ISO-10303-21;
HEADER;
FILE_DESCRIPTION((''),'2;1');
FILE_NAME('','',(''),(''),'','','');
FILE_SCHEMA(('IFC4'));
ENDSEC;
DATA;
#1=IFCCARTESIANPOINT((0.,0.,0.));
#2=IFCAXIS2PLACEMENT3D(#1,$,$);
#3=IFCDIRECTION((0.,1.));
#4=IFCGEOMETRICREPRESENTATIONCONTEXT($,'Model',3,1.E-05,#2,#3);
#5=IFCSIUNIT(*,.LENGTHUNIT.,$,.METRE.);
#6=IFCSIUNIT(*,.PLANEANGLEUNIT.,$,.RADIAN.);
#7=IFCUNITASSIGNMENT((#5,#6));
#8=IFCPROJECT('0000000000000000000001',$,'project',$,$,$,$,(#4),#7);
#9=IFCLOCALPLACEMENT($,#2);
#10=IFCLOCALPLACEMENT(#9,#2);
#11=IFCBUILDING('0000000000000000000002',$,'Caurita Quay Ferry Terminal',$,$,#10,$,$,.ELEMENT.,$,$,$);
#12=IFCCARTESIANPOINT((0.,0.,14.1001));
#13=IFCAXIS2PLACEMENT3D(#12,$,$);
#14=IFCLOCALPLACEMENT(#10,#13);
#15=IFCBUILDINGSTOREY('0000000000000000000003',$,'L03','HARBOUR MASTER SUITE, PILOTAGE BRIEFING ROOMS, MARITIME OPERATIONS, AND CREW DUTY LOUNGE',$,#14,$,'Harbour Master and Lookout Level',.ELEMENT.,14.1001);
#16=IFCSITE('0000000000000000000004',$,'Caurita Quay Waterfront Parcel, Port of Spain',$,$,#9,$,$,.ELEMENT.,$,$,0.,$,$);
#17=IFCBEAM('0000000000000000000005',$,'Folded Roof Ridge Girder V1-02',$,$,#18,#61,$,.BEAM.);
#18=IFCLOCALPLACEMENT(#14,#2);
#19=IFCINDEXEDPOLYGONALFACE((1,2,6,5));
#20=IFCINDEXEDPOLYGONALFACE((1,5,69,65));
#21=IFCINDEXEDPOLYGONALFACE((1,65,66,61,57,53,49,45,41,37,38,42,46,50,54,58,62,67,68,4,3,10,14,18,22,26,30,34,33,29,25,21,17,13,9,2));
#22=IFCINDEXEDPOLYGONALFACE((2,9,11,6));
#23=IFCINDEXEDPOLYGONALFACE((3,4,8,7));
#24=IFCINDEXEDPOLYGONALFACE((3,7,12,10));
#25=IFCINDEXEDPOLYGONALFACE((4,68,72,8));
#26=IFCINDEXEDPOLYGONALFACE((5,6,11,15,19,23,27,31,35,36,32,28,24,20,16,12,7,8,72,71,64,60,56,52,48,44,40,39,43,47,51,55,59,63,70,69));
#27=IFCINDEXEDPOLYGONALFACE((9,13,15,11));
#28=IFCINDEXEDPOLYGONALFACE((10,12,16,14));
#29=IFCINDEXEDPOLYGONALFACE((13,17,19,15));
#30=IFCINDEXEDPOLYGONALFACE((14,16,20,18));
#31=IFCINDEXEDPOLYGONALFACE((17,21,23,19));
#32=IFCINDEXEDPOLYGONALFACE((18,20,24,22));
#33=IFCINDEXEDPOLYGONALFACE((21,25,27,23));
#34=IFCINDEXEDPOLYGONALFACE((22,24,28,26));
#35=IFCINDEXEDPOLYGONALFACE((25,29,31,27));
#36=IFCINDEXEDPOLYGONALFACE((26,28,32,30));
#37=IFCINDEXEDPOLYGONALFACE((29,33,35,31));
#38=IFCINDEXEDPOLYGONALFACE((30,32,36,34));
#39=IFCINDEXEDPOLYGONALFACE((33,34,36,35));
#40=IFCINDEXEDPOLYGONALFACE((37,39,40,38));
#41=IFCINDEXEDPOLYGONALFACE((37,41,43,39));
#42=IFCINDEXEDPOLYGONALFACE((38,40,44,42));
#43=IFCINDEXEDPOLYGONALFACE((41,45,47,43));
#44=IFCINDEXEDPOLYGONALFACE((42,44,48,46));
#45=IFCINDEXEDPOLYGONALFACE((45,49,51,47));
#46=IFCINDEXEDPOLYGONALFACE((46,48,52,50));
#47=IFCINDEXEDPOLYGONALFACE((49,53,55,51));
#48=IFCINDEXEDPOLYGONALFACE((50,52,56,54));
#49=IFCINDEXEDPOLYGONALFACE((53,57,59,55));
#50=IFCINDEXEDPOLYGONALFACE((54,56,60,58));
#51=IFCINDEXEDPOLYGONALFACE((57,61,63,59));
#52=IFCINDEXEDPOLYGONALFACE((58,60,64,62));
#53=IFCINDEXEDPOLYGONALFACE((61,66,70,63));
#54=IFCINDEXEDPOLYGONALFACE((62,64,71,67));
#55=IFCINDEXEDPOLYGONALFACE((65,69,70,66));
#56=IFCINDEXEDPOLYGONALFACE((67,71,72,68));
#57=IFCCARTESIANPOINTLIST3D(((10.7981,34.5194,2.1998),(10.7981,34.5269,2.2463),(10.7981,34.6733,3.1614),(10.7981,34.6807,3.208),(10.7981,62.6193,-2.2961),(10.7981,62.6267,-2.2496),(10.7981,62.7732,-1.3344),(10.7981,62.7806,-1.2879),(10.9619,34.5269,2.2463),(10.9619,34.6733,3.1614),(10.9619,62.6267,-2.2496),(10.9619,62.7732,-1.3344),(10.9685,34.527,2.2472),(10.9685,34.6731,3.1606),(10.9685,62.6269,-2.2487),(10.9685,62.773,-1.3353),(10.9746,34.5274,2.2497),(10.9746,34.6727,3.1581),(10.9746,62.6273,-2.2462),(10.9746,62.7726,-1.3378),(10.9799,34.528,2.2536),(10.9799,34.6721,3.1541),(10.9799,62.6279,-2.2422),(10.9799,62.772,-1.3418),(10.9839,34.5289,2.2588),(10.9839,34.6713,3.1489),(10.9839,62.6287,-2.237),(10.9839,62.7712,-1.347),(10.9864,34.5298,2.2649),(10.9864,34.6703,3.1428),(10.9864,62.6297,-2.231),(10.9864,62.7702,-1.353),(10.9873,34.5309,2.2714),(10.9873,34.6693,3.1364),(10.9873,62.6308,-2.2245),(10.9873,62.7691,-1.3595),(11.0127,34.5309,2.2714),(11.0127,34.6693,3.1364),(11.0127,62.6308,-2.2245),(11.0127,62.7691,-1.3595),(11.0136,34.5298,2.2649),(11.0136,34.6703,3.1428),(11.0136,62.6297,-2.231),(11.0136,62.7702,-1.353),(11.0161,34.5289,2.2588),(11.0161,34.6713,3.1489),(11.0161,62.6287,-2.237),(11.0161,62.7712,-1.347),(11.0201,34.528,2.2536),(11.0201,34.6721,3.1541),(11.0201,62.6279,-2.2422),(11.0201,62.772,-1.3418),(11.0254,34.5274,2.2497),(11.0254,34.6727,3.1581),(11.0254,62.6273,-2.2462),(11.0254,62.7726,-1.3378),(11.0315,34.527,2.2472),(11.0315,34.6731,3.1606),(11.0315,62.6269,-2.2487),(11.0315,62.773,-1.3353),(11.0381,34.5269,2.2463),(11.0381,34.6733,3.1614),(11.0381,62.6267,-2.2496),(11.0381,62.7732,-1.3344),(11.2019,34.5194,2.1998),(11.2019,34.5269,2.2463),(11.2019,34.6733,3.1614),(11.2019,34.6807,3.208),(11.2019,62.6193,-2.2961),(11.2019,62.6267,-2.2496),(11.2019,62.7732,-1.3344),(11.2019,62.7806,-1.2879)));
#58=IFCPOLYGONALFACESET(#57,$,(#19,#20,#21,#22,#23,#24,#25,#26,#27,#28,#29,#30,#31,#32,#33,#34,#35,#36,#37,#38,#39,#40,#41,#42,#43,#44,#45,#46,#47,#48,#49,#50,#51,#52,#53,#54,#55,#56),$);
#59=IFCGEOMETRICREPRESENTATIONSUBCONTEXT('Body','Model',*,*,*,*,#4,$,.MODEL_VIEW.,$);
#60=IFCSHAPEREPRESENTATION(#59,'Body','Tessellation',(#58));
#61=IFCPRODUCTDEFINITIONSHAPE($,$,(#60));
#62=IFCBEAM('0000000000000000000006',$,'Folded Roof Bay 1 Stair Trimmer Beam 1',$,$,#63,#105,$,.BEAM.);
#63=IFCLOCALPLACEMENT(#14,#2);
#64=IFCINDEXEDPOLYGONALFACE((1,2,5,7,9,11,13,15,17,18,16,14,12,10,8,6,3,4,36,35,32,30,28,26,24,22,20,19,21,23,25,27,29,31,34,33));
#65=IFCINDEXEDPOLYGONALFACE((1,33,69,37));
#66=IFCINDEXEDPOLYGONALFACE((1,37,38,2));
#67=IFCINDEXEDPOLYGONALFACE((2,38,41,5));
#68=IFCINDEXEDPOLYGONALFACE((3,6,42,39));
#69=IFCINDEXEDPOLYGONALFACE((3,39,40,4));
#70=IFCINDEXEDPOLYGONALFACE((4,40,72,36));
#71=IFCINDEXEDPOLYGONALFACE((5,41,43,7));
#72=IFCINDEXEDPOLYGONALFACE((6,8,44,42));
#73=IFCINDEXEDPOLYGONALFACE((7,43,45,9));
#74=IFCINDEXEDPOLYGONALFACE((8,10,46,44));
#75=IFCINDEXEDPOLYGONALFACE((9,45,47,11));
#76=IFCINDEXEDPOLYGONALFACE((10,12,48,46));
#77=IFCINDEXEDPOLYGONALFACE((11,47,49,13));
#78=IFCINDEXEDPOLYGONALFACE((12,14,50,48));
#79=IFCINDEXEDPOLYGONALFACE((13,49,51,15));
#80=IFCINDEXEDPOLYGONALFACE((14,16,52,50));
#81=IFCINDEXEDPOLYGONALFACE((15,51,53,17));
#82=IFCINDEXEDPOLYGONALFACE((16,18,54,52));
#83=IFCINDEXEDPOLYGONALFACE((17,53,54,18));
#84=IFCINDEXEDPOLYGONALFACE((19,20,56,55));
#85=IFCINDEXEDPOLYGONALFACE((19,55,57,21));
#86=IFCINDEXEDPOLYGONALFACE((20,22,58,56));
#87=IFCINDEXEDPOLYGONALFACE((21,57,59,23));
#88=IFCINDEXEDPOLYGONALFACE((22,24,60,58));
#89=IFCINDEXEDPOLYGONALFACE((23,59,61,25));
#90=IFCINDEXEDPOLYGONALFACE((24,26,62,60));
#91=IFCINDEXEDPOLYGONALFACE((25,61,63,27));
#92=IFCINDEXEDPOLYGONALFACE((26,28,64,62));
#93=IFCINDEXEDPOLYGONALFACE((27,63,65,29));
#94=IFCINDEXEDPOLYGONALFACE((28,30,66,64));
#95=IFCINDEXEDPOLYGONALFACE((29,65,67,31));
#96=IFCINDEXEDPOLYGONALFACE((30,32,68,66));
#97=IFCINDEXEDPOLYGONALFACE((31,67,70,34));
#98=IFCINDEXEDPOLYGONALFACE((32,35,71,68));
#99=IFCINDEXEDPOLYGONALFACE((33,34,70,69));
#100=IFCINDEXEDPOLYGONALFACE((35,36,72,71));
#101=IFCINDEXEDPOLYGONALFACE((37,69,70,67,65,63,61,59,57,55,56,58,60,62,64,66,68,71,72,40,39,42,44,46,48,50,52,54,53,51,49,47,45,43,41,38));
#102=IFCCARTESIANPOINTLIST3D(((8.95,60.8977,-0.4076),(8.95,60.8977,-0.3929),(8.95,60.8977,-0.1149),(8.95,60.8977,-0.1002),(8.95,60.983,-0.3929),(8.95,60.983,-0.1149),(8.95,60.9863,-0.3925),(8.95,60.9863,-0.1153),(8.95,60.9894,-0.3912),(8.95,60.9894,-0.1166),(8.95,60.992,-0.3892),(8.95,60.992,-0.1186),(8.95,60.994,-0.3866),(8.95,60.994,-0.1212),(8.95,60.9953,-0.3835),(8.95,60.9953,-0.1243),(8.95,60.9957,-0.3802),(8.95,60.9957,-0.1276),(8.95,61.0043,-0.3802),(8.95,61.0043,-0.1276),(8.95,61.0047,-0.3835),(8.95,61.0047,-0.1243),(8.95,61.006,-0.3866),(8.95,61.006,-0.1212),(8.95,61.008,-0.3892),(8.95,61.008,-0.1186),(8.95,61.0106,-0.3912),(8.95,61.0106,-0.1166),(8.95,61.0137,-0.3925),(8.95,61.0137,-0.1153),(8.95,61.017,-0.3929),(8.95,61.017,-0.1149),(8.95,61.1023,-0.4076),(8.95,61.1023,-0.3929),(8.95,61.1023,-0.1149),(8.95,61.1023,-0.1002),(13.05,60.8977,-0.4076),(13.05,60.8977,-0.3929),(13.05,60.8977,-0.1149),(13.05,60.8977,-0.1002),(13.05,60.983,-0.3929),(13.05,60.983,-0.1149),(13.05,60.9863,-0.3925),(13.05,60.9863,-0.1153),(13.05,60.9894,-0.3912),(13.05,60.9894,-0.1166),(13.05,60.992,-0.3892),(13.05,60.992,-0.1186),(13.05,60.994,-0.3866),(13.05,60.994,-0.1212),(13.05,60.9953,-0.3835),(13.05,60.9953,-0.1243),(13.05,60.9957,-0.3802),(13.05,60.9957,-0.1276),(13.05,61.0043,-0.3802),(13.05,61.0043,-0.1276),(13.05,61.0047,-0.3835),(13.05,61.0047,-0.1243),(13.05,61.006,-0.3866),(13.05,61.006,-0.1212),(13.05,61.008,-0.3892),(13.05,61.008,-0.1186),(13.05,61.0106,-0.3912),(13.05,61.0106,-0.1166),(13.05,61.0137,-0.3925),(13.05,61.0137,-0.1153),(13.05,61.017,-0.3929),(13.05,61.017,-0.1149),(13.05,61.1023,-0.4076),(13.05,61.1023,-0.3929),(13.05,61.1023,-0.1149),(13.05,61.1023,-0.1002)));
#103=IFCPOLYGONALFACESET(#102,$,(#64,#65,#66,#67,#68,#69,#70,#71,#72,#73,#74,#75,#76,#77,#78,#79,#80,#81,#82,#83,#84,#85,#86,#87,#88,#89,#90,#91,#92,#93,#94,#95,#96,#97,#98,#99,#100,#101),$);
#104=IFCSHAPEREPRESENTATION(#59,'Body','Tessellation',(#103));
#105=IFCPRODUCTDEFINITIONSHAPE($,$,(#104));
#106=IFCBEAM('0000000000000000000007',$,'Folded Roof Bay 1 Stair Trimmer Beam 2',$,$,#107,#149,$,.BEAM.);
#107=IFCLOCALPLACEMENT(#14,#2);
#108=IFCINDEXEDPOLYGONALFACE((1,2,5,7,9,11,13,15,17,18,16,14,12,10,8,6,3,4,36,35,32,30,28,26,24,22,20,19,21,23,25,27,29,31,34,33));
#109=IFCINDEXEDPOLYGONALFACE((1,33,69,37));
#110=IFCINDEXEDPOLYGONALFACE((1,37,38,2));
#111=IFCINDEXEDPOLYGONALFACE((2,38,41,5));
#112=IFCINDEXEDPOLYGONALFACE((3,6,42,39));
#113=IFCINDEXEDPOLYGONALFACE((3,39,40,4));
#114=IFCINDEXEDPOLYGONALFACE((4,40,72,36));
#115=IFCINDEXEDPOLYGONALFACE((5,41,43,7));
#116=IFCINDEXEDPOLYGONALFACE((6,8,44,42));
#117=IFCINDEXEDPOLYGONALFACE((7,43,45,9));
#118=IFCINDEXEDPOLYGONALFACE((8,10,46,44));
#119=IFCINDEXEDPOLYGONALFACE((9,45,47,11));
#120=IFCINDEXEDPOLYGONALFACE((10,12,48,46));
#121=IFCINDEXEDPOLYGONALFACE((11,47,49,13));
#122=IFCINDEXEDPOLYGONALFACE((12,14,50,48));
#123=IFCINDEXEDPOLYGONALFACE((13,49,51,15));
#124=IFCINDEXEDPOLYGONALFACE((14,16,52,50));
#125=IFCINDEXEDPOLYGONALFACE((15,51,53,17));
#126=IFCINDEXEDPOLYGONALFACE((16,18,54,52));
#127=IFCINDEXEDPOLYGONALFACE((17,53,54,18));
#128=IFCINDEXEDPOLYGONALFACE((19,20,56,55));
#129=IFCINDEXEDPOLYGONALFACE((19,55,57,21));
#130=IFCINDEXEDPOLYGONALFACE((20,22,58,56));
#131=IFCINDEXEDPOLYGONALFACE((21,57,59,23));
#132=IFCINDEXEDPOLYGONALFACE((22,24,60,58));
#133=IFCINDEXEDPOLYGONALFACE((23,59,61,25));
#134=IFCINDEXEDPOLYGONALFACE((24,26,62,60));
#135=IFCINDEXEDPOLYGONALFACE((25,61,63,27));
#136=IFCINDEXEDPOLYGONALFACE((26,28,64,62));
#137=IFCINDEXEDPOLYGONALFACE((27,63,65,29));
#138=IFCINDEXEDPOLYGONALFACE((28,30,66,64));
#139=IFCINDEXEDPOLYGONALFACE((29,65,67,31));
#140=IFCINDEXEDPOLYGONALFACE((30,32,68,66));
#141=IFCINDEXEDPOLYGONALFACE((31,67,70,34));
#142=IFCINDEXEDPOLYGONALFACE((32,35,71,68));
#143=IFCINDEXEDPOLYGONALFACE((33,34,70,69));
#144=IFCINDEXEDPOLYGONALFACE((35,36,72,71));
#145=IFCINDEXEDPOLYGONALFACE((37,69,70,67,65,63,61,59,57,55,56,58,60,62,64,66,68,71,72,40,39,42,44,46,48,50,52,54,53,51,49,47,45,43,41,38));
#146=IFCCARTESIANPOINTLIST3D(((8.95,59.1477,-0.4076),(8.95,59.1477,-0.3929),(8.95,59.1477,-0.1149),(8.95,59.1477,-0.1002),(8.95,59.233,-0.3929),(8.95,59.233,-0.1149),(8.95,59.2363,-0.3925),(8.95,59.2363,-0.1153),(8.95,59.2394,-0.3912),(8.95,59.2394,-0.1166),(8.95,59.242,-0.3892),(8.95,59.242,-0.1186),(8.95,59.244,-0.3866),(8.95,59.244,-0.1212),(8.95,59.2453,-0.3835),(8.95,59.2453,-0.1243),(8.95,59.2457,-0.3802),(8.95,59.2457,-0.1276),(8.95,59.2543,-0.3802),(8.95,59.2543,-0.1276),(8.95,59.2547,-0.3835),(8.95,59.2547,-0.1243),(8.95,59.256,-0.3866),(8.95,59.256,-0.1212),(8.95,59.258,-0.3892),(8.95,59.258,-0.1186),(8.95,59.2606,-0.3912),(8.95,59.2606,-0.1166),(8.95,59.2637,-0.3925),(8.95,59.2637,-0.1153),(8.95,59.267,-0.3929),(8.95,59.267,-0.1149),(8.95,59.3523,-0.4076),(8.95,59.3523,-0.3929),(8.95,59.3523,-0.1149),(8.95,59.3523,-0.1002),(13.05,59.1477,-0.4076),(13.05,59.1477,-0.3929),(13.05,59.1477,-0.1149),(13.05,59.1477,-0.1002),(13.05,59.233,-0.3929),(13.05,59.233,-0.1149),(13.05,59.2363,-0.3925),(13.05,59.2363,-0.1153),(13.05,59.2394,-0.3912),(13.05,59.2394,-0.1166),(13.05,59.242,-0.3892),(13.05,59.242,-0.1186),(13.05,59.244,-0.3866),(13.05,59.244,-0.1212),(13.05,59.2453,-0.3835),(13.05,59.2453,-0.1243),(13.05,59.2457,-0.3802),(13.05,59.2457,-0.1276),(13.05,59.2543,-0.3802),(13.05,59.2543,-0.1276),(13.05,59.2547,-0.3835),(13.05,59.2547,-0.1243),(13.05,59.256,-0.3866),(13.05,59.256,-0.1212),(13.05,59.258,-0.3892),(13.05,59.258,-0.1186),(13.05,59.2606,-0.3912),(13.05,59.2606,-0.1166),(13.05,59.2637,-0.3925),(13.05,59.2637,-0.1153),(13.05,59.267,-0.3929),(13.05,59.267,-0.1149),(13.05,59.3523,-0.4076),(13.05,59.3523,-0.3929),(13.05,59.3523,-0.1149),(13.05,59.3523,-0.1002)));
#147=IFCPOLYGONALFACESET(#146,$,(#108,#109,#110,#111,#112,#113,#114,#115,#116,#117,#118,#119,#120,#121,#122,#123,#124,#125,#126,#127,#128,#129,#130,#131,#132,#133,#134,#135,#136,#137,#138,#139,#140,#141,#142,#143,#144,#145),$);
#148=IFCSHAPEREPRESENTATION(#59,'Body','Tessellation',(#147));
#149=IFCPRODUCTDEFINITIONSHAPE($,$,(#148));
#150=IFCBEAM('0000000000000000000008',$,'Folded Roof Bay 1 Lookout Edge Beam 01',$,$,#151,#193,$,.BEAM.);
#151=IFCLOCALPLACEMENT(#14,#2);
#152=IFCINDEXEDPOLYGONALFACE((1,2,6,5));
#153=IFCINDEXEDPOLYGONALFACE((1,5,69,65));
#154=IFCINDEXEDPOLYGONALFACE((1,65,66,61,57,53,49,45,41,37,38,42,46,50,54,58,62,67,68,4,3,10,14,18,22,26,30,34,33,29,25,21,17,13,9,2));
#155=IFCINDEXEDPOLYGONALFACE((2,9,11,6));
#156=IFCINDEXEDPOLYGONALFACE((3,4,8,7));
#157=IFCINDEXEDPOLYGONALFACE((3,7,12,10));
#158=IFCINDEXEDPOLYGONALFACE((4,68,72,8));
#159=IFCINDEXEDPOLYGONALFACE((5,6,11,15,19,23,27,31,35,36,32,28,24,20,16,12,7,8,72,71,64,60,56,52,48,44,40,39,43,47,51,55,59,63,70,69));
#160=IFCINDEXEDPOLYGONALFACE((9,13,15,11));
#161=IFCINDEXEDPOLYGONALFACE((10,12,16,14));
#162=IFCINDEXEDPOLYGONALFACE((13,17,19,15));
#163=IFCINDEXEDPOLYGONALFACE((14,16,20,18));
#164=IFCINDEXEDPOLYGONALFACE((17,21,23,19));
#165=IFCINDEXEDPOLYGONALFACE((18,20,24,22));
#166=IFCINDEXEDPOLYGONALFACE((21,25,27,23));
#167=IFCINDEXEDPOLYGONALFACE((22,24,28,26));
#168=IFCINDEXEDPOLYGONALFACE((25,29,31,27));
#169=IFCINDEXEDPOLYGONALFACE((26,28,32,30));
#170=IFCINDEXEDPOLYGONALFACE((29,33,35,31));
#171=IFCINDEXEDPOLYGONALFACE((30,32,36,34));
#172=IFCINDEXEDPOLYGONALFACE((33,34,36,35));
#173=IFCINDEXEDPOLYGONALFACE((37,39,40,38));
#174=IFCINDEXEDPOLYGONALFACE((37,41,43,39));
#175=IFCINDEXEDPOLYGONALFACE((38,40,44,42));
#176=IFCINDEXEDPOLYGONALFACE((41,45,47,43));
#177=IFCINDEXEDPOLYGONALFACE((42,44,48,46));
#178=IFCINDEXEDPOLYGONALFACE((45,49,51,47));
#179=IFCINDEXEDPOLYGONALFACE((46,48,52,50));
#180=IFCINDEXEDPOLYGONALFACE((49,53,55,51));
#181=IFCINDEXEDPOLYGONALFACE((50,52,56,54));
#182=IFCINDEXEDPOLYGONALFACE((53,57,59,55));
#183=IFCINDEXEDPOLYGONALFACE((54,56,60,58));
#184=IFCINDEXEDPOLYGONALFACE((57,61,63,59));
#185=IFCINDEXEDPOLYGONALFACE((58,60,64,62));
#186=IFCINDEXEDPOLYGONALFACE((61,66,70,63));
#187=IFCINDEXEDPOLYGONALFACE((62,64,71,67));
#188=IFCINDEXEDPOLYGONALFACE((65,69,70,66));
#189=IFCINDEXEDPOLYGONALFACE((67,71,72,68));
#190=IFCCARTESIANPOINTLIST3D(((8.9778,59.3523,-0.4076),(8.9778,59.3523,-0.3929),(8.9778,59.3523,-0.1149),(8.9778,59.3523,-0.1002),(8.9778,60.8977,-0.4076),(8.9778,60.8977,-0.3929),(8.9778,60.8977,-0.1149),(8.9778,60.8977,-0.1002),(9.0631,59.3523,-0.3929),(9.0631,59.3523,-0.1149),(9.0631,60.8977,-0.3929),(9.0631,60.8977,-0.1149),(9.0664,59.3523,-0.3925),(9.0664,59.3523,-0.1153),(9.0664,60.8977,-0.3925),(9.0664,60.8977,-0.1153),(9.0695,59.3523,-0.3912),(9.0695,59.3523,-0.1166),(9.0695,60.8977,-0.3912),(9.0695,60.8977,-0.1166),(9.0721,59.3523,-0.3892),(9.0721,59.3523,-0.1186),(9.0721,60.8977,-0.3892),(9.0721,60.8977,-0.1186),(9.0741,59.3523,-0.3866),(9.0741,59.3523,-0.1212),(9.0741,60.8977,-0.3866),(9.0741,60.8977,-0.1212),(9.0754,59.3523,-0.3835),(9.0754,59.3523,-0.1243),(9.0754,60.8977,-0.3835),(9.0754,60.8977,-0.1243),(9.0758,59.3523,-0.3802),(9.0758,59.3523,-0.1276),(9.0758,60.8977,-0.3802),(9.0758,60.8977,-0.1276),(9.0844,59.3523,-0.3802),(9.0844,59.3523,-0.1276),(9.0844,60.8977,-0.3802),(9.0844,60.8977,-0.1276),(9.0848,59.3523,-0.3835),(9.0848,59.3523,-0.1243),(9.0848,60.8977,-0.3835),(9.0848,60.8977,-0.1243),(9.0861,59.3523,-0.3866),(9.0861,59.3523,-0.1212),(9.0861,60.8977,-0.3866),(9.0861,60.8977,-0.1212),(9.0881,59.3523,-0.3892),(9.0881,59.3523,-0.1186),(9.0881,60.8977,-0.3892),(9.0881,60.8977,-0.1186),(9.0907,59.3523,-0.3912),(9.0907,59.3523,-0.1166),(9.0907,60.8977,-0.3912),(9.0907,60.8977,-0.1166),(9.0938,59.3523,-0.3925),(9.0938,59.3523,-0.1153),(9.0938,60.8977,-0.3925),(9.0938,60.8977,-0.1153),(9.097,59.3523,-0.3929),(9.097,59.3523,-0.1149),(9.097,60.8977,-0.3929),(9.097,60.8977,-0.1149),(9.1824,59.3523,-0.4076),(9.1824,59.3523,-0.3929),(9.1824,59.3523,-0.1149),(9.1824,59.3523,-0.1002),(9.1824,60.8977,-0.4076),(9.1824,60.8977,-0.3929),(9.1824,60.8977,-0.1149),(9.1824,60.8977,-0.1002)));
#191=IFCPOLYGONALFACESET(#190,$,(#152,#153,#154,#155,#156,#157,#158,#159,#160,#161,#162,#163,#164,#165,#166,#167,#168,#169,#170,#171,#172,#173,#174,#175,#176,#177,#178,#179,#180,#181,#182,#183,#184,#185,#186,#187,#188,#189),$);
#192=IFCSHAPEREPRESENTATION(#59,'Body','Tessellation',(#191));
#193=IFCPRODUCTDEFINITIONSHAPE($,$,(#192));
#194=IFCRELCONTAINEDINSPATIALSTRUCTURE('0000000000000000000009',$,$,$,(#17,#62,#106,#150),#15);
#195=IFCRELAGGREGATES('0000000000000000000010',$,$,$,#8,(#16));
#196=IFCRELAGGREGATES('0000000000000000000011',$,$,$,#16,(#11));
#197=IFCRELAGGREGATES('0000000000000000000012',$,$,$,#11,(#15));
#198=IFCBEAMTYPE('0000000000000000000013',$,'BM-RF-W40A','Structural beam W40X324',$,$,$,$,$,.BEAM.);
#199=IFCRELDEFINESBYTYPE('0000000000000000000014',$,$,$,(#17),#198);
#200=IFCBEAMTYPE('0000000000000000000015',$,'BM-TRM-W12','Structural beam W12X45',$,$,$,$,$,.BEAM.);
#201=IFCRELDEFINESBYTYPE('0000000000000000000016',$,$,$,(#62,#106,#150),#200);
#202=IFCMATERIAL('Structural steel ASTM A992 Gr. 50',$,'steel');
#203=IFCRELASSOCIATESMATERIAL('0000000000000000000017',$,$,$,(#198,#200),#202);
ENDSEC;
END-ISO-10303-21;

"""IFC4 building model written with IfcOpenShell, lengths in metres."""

from ifc_helpers import new_model, si_unit, direction, frame, origin, origin_2d, place, context, subcontext, project, spatial, i_section, extrude, material, material_profile, profile_set, type_object, element, save


model = new_model("IFC4")

# Units and contexts
model_context = context("Model", 3, precision=1e-05, world=origin(), true_north=direction((0.0, 1.0)))
body_context = subcontext(model_context, "Body", "Model", "MODEL_VIEW")
ifc_project = project(units=[si_unit("LENGTHUNIT", "METRE"), si_unit("PLANEANGLEUNIT", "RADIAN")], contexts=[model_context])

# Site, building, storey
site_placement = place(None, origin())
site = spatial("IfcSite", under=ifc_project, at=site_placement, Name="Caurita Quay Waterfront Parcel, Port of Spain", CompositionType="ELEMENT", RefElevation=0.0)
building_placement = place(site_placement, origin())
building = spatial("IfcBuilding", under=site, at=building_placement, Name="Caurita Quay Ferry Terminal", CompositionType="ELEMENT")
storey_placement = place(building_placement, frame((0.0, 0.0, 14.1001)))
storey = spatial("IfcBuildingStorey", under=building, at=storey_placement, Name="L03", Description="HARBOUR MASTER SUITE, PILOTAGE BRIEFING ROOMS, MARITIME OPERATIONS, AND CREW DUTY LOUNGE", LongName="Harbour Master and Lookout Level", CompositionType="ELEMENT", Elevation=14.1001)

# Beams
ifc_material_1 = material(Name="Structural steel ASTM A992 Gr. 50", Category="steel")
ifc_material_profile_1 = material_profile(ifc_material_1, i_section(OverallWidth=0.4038, OverallDepth=1.021, WebThickness=0.0254, FlangeThickness=0.0471, FilletRadius=0.0254, at=origin_2d()), Name="W40X324")
ifc_profile_set_1 = profile_set([ifc_material_profile_1], Name="Structural steel ASTM A992 Gr. 50")
beam_type_1 = type_object("IfcBeamType", Name="BM-RF-W40A", Description="Structural beam W40X324", PredefinedType="BEAM", material=ifc_profile_set_1)
beam_placement = place(storey_placement, frame((11.0, 62.7, -1.792), z_axis=(0.0, -0.987441, 0.157986), x_axis=(1.0, 0.0, 0.0)))
element("IfcBeam", 1, at=beam_placement, inside=storey, type_object=beam_type_1, Name="Folded Roof Ridge Girder V1-02", PredefinedType="BEAM", context=body_context, shape_type="SweptSolid", body=[
    extrude(i_section(OverallWidth=0.4038, OverallDepth=1.021, WebThickness=0.0254, FlangeThickness=0.0471, FilletRadius=0.0254, at=origin_2d()), origin(), (0.0, 0.0, 1.0), 28.4573),
])
ifc_material_profile_2 = material_profile(ifc_material_1, i_section(OverallWidth=0.2046, OverallDepth=0.3074, WebThickness=0.0085, FlangeThickness=0.0146, FilletRadius=0.0127, at=origin_2d()), Name="W12X45")
ifc_profile_set_2 = profile_set([ifc_material_profile_2], Name="Structural steel ASTM A992 Gr. 50")
beam_type_2 = type_object("IfcBeamType", Name="BM-TRM-W12", Description="Structural beam W12X45", PredefinedType="BEAM", material=ifc_profile_set_2)
for number, where, z_axis, x_axis, name in (
    (2, (8.95, 61.0, -0.2539), (1.0, 0.0, 0.0), (0.0, 1.0, 0.0), "Folded Roof Bay 1 Stair Trimmer Beam 1"),
    (3, (8.95, 59.25, -0.2539), (1.0, 0.0, 0.0), (0.0, 1.0, 0.0), "Folded Roof Bay 1 Stair Trimmer Beam 2"),
):
    element("IfcBeam", number, at=place(storey_placement, frame(where, z_axis=z_axis, x_axis=x_axis)), inside=storey, type_object=beam_type_2, Name=name, PredefinedType="BEAM", context=body_context, shape_type="SweptSolid", body=[
        extrude(i_section(OverallWidth=0.2046, OverallDepth=0.3074, WebThickness=0.0085, FlangeThickness=0.0146, FilletRadius=0.0127, at=origin_2d()), origin(), (0.0, 0.0, 1.0), 4.1001),
    ])
for number, where, z_axis, x_axis, name in (
    (4, (9.0801, 60.8977, -0.2539), (0.0, -1.0, 0.0), (1.0, 0.0, 0.0), "Folded Roof Bay 1 Lookout Edge Beam 01"),
):
    element("IfcBeam", number, at=place(storey_placement, frame(where, z_axis=z_axis, x_axis=x_axis)), inside=storey, type_object=beam_type_2, Name=name, PredefinedType="BEAM", context=body_context, shape_type="SweptSolid", body=[
        extrude(i_section(OverallWidth=0.2046, OverallDepth=0.3074, WebThickness=0.0085, FlangeThickness=0.0146, FilletRadius=0.0127, at=origin_2d()), origin(), (0.0, 0.0, 1.0), 1.5454),
    ])

save(model, "model.ifc")
